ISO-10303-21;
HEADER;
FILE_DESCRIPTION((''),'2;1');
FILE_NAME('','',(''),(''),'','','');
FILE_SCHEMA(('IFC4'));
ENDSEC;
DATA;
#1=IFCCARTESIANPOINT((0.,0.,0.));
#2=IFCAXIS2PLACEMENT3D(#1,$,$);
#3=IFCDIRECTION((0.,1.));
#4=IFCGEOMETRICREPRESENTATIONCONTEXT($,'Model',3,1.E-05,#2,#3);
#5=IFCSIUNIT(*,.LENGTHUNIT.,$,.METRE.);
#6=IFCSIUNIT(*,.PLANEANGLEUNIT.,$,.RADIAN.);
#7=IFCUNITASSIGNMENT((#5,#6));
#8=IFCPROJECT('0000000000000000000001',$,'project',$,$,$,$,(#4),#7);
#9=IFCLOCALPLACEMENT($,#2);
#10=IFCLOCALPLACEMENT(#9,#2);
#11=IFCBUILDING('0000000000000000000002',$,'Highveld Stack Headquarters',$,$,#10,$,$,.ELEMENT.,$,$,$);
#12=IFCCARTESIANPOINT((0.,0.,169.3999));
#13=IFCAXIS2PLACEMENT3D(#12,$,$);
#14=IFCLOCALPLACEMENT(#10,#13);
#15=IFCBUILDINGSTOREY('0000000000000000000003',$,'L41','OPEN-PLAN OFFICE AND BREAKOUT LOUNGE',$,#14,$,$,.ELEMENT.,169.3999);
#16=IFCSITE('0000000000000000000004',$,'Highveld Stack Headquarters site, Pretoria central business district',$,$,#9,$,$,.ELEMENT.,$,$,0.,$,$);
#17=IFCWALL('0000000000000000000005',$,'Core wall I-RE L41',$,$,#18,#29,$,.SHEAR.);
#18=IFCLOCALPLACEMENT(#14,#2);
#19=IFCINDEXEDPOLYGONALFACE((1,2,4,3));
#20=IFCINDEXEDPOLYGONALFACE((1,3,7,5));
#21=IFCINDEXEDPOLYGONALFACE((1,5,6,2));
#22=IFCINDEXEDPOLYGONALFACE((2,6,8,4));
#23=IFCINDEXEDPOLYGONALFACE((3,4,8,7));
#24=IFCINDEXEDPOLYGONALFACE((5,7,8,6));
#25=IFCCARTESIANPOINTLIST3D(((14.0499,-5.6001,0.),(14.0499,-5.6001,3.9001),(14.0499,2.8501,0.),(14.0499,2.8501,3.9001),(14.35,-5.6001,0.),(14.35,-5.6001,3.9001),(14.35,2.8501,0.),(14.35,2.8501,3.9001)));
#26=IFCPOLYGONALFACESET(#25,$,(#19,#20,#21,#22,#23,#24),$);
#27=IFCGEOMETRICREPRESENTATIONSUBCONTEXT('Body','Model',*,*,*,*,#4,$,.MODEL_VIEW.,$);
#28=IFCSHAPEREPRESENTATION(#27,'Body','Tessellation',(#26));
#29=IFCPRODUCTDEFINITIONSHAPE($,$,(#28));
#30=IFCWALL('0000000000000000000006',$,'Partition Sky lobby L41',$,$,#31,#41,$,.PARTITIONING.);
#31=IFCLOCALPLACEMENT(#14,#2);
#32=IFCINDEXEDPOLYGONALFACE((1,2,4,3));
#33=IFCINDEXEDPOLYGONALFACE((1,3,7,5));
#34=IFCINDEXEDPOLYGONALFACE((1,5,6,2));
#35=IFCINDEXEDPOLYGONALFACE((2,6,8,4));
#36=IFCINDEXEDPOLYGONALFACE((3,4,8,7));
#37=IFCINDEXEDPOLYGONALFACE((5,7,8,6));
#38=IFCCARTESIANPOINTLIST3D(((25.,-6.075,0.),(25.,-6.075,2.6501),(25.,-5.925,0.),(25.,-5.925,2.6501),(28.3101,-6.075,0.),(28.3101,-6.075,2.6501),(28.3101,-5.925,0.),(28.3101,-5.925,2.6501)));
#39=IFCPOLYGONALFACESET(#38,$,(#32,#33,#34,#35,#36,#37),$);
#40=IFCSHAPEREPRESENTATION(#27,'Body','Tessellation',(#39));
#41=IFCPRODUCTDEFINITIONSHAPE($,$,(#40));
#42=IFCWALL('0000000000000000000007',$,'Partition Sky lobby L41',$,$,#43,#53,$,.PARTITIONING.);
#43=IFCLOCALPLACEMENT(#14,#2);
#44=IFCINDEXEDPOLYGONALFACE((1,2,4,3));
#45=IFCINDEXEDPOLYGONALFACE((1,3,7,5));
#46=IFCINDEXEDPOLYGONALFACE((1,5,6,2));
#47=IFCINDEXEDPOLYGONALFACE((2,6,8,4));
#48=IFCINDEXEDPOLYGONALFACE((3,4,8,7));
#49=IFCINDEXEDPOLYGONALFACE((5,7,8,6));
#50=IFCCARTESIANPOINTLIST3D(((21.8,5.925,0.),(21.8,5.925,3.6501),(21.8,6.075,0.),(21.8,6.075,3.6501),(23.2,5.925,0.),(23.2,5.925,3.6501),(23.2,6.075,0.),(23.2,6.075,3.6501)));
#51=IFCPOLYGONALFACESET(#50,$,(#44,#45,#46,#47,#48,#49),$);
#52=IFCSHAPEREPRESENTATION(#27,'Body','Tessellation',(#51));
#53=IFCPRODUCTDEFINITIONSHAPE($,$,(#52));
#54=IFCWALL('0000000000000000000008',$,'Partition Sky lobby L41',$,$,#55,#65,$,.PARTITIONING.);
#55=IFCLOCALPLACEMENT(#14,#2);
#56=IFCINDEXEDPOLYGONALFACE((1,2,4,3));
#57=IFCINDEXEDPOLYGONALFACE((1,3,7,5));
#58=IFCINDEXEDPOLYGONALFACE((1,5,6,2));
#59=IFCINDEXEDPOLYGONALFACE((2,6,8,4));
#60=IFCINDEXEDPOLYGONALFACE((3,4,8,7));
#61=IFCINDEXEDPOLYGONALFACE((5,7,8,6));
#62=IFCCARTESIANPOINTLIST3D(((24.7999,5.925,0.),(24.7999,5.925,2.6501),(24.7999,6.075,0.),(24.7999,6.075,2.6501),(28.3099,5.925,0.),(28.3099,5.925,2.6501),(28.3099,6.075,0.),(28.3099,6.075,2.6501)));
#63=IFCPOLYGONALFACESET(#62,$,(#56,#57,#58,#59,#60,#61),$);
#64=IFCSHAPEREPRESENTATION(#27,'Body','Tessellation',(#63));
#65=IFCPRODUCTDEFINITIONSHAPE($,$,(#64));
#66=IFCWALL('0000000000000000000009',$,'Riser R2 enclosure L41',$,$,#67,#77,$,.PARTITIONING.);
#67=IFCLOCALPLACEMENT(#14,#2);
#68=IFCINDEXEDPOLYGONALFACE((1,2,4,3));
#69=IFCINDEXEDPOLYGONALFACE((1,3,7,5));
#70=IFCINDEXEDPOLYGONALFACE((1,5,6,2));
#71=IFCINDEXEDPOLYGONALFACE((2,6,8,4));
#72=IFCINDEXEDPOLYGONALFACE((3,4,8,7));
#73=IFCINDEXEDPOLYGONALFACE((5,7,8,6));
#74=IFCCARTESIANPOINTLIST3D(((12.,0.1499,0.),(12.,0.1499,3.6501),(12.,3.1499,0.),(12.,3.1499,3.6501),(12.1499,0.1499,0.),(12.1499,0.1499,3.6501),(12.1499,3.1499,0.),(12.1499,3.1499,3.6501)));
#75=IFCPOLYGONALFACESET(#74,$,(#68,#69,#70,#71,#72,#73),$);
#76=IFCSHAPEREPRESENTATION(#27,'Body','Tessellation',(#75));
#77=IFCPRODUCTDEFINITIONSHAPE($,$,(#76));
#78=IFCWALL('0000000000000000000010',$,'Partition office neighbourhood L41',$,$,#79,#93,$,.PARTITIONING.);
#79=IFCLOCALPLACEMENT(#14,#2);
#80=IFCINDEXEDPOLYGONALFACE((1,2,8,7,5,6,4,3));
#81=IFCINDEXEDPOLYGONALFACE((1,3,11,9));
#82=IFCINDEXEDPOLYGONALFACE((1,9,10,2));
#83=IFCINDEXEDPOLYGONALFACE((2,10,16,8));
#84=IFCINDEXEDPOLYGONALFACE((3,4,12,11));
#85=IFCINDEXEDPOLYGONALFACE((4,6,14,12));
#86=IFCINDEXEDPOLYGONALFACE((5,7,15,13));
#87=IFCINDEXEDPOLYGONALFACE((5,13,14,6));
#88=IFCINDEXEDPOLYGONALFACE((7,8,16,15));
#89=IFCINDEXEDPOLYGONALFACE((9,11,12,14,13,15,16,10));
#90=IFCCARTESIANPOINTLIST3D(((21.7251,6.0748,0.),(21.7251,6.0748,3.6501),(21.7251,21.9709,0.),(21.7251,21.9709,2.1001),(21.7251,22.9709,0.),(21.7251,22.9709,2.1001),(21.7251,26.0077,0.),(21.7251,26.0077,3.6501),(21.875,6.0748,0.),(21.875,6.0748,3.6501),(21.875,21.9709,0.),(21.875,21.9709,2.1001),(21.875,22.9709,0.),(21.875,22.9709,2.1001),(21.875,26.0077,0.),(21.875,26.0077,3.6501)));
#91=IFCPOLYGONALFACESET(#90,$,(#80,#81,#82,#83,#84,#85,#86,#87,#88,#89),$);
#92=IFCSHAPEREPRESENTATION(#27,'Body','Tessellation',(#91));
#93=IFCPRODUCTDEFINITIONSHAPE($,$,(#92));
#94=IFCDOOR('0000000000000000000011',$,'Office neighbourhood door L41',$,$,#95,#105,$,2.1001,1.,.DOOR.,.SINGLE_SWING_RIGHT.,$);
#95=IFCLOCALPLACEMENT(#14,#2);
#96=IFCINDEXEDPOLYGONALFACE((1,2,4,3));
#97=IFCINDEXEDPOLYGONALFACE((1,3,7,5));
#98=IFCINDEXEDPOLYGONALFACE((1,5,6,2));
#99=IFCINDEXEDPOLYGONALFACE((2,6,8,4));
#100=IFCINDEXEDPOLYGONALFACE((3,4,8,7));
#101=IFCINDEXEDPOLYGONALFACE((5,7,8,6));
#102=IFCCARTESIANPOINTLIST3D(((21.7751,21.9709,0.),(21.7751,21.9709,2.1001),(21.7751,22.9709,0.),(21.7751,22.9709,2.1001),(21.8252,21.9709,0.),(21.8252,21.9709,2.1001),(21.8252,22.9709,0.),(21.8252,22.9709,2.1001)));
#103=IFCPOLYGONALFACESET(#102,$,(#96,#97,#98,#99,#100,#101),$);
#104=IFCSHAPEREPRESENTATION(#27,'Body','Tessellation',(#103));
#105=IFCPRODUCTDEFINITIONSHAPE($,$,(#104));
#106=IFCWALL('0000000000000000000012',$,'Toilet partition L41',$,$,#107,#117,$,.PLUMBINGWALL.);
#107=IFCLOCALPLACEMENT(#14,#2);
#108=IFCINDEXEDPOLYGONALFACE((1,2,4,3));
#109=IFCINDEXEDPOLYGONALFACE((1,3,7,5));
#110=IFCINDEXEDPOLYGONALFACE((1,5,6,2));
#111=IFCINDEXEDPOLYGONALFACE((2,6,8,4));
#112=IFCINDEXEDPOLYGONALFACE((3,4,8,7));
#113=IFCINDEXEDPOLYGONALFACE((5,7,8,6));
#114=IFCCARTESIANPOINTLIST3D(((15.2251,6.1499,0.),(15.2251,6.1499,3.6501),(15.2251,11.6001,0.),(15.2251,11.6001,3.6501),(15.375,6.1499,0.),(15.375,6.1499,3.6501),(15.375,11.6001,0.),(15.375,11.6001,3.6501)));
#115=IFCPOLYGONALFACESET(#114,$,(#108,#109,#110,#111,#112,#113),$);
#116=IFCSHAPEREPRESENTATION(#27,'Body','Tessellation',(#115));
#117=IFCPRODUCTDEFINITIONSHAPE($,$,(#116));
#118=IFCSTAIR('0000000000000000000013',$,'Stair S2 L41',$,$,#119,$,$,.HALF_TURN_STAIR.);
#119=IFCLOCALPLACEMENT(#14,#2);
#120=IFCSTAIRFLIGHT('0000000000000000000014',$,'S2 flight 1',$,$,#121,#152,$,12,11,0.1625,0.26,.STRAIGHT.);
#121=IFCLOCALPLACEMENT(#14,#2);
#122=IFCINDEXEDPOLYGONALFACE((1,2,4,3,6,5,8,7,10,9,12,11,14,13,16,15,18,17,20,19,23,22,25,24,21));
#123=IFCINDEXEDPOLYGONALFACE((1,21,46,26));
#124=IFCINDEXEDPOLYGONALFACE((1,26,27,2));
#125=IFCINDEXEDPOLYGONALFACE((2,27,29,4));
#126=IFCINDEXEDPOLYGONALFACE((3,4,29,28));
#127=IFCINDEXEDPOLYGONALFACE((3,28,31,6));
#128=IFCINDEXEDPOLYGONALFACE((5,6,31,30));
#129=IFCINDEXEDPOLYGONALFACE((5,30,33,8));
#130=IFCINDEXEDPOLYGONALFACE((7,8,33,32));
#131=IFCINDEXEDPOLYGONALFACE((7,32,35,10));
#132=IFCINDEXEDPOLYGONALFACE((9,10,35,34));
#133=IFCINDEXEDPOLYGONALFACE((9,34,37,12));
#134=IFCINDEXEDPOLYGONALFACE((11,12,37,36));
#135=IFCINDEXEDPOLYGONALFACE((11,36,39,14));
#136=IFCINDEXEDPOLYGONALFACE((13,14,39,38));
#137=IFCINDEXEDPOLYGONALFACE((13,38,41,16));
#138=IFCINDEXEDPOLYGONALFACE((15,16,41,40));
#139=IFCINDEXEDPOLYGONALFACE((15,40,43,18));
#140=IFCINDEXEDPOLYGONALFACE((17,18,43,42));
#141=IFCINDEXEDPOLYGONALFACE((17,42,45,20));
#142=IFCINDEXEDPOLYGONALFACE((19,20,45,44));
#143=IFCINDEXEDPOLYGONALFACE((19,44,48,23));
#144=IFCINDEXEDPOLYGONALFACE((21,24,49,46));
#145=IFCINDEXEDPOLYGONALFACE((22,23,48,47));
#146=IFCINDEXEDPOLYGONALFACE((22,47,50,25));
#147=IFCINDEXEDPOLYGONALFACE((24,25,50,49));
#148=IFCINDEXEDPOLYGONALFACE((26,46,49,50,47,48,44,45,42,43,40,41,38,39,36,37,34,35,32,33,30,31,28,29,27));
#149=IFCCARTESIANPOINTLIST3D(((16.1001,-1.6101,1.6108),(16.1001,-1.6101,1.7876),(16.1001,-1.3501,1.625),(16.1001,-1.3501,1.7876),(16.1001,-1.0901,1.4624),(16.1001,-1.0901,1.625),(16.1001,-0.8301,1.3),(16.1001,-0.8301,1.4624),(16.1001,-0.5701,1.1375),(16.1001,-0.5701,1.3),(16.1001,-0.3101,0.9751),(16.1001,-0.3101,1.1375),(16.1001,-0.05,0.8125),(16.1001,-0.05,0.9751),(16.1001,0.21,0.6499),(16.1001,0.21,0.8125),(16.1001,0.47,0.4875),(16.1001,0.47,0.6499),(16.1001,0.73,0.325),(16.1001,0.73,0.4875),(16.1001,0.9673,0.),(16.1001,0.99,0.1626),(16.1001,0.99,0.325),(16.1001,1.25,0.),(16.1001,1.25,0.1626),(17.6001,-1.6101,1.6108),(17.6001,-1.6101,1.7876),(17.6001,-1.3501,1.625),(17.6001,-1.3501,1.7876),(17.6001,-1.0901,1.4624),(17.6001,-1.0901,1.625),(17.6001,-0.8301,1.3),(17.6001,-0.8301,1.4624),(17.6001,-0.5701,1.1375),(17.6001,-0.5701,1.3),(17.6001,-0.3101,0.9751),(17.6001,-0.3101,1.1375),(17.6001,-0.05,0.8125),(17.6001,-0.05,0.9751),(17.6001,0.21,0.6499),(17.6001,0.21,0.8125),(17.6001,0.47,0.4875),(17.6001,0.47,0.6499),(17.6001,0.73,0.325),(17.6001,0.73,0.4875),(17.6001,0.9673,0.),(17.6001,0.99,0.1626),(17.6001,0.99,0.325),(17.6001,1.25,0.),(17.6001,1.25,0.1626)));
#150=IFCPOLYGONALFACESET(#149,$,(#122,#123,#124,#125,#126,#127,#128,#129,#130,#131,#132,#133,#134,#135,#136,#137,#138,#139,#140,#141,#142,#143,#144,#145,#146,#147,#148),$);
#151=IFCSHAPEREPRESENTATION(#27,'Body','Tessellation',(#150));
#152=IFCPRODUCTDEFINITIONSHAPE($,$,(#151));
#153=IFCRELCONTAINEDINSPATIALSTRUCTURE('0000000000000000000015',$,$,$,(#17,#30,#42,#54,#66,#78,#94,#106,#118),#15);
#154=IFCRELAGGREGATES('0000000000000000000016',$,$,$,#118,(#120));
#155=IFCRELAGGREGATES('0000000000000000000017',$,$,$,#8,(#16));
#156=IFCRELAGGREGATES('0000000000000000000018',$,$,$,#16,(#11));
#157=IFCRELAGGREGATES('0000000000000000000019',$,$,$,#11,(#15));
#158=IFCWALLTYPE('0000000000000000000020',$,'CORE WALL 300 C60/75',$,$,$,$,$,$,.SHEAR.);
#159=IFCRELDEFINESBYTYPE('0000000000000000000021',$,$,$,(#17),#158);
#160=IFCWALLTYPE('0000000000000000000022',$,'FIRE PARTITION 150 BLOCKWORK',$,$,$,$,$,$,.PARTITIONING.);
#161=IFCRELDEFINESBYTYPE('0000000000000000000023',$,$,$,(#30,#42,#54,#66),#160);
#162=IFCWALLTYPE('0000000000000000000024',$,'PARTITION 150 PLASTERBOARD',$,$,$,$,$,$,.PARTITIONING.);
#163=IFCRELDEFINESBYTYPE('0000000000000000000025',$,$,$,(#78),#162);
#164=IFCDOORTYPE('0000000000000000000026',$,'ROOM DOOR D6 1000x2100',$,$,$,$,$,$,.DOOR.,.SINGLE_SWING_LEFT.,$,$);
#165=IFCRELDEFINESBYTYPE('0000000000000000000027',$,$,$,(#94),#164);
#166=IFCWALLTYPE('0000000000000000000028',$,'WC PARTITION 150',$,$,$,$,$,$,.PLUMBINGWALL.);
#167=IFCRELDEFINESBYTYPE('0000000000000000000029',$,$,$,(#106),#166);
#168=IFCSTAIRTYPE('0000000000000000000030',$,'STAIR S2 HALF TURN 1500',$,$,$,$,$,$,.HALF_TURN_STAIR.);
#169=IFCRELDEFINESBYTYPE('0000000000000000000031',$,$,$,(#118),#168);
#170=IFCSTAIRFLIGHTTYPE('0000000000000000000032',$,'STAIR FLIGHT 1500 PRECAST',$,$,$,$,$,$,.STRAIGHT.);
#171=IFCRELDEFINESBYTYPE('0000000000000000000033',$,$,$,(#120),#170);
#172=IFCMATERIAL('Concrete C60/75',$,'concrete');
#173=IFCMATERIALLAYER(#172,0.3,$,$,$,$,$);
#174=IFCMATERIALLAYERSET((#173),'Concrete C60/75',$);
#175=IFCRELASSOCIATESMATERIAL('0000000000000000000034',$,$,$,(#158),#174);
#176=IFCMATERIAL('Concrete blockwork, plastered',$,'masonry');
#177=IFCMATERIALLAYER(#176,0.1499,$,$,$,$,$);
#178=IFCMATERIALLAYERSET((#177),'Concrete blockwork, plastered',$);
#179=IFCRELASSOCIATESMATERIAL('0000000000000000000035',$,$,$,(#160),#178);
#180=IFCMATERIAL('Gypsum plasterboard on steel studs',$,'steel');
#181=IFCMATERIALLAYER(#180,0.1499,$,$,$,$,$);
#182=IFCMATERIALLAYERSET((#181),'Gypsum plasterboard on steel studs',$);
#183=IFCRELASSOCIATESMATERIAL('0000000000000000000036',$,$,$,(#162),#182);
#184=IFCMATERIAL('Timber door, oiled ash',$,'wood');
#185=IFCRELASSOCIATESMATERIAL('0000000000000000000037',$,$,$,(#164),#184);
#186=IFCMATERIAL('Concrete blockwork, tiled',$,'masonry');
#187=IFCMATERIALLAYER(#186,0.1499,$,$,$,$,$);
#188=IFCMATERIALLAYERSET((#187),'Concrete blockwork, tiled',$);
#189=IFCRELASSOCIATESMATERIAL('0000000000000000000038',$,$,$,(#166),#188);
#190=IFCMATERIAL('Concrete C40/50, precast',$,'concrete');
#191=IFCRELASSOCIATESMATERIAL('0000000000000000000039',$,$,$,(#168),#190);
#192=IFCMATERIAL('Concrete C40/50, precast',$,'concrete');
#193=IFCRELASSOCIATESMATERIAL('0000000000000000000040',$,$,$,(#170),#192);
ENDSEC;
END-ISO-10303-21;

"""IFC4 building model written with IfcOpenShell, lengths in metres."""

from ifc_helpers import new_model, si_unit, direction, frame, frame_2d, origin, place, context, subcontext, project, spatial, polyline, rectangle, outline, extrude, material, layer, layer_set, type_object, element, fill, aggregate, save


model = new_model("IFC4")

# Units and contexts
model_context = context("Model", 3, precision=1e-05, world=origin(), true_north=direction((0.0, 1.0)))
body_context = subcontext(model_context, "Body", "Model", "MODEL_VIEW")
ifc_project = project(units=[si_unit("LENGTHUNIT", "METRE"), si_unit("PLANEANGLEUNIT", "RADIAN")], contexts=[model_context])

# Site, building, storey
site_placement = place(None, origin())
site = spatial("IfcSite", under=ifc_project, at=site_placement, Name="Highveld Stack Headquarters site, Pretoria central business district", CompositionType="ELEMENT", RefElevation=0.0)
building_placement = place(site_placement, origin())
building = spatial("IfcBuilding", under=site, at=building_placement, Name="Highveld Stack Headquarters", CompositionType="ELEMENT")
storey_placement = place(building_placement, frame((0.0, 0.0, 169.3999)))
storey = spatial("IfcBuildingStorey", under=building, at=storey_placement, Name="L41", Description="OPEN-PLAN OFFICE AND BREAKOUT LOUNGE", CompositionType="ELEMENT", Elevation=169.3999)

# Shared definitions
ifc_material_1 = material(Name="Concrete C60/75", Category="concrete")
ifc_layer_1 = layer(ifc_material_1, 0.3)
ifc_layer_set_1 = layer_set([ifc_layer_1], Name="Concrete C60/75")
wall_type_1 = type_object("IfcWallType", Name="CORE WALL 300 C60/75", PredefinedType="SHEAR", material=ifc_layer_set_1)

# Walls
wall_1_placement = place(storey_placement, frame((14.2, -5.6001, 0.0), z_axis=(0.0, 0.0, 1.0), x_axis=(0.0, 1.0, 0.0)))
element("IfcWall", 1, at=wall_1_placement, inside=storey, type_object=wall_type_1, Name="Core wall I-RE L41", PredefinedType="SHEAR", context=body_context, shape_type="SweptSolid", body=[
    extrude(rectangle(XDim=8.4502, YDim=0.3, at=frame_2d((4.2251, 0.0))), origin(), (0.0, 0.0, 1.0), 3.9001),
])
ifc_material_2 = material(Name="Concrete blockwork, plastered", Category="masonry")
ifc_layer_2 = layer(ifc_material_2, 0.1499)
ifc_layer_set_2 = layer_set([ifc_layer_2], Name="Concrete blockwork, plastered")
wall_type_2 = type_object("IfcWallType", Name="FIRE PARTITION 150 BLOCKWORK", PredefinedType="PARTITIONING", material=ifc_layer_set_2)
wall_2_placement = place(storey_placement, frame((25.0, -6.0, 0.0), z_axis=(0.0, 0.0, 1.0), x_axis=(1.0, 0.0, 0.0)))
element("IfcWall", 2, at=wall_2_placement, inside=storey, type_object=wall_type_2, Name="Partition Sky lobby L41", PredefinedType="PARTITIONING", context=body_context, shape_type="SweptSolid", body=[
    extrude(rectangle(XDim=3.3101, YDim=0.1499, at=frame_2d((1.655, 0.0))), origin(), (0.0, 0.0, 1.0), 2.6501),
])
wall_3_placement = place(storey_placement, frame((21.8, 6.0, 0.0), z_axis=(0.0, 0.0, 1.0), x_axis=(1.0, 0.0, 0.0)))
element("IfcWall", 3, at=wall_3_placement, inside=storey, type_object=wall_type_2, Name="Partition Sky lobby L41", PredefinedType="PARTITIONING", context=body_context, shape_type="SweptSolid", body=[
    extrude(rectangle(XDim=1.3999, YDim=0.1499, at=frame_2d((0.7, 0.0))), origin(), (0.0, 0.0, 1.0), 3.6501),
])
wall_4_placement = place(storey_placement, frame((24.8, 6.0, 0.0), z_axis=(0.0, 0.0, 1.0), x_axis=(1.0, 0.0, 0.0)))
element("IfcWall", 4, at=wall_4_placement, inside=storey, type_object=wall_type_2, Name="Partition Sky lobby L41", PredefinedType="PARTITIONING", context=body_context, shape_type="SweptSolid", body=[
    extrude(rectangle(XDim=3.51, YDim=0.1499, at=frame_2d((1.7549, 0.0))), origin(), (0.0, 0.0, 1.0), 2.6501),
])

# Wall
wall_5_placement = place(storey_placement, frame((12.075, 0.1499, 0.0), z_axis=(0.0, 0.0, 1.0), x_axis=(0.0, 1.0, 0.0)))
element("IfcWall", 5, at=wall_5_placement, inside=storey, type_object=wall_type_2, Name="Riser R2 enclosure L41", PredefinedType="PARTITIONING", context=body_context, shape_type="SweptSolid", body=[
    extrude(rectangle(XDim=3.0, YDim=0.1499, at=frame_2d((1.5, 0.0))), origin(), (0.0, 0.0, 1.0), 3.6501),
])

# Wall, opening, door
ifc_material_3 = material(Name="Gypsum plasterboard on steel studs", Category="steel")
ifc_layer_3 = layer(ifc_material_3, 0.1499)
ifc_layer_set_3 = layer_set([ifc_layer_3], Name="Gypsum plasterboard on steel studs")
wall_type_3 = type_object("IfcWallType", Name="PARTITION 150 PLASTERBOARD", PredefinedType="PARTITIONING", material=ifc_layer_set_3)
wall_6_placement = place(storey_placement, frame((21.8, 6.075, 0.0), z_axis=(0.0, 0.0, 1.0), x_axis=(0.0, 1.0, 0.0)))
wall_6 = element("IfcWall", 6, at=wall_6_placement, inside=storey, type_object=wall_type_3, Name="Partition office neighbourhood L41", PredefinedType="PARTITIONING", context=body_context, shape_type="SweptSolid", body=[
    extrude(rectangle(XDim=19.9329, YDim=0.1499, at=frame_2d((9.9663, 0.0))), origin(), (0.0, 0.0, 1.0), 3.6501),
])
opening_1_placement = place(wall_6_placement, frame((15.896, 0.0, 0.0)))
opening_1 = element("IfcOpeningElement", 7, at=opening_1_placement, cuts=wall_6, PredefinedType="OPENING", context=body_context, shape_type="SweptSolid", body=[
    extrude(rectangle(XDim=1.0, YDim=2.1001, at=frame_2d((0.5, 1.05))), frame((0.0, 0.085, 0.0), z_axis=(0.0, -1.0, 0.0), x_axis=(1.0, 0.0, 0.0)), (0.0, 0.0, 1.0), 0.1699),
])
ifc_material_4 = material(Name="Timber door, oiled ash", Category="wood")
door_type_1 = type_object("IfcDoorType", Name="ROOM DOOR D6 1000x2100", OperationType="SINGLE_SWING_LEFT", PredefinedType="DOOR", material=ifc_material_4)
door_1_placement = place(opening_1_placement, origin())
door_1 = element("IfcDoor", 8, at=door_1_placement, inside=storey, type_object=door_type_1, Name="Office neighbourhood door L41", OperationType="SINGLE_SWING_RIGHT", OverallHeight=2.1001, OverallWidth=1.0, PredefinedType="DOOR", context=body_context, shape_type="SweptSolid", body=[
    extrude(rectangle(XDim=1.0, YDim=2.1001, at=frame_2d((0.5, 1.05))), frame((0.0, 0.0249, 0.0), z_axis=(0.0, -1.0, 0.0), x_axis=(1.0, 0.0, 0.0)), (0.0, 0.0, 1.0), 0.05),
])
fill(opening_1, door_1)

# Wall
ifc_material_5 = material(Name="Concrete blockwork, tiled", Category="masonry")
ifc_layer_4 = layer(ifc_material_5, 0.1499)
ifc_layer_set_4 = layer_set([ifc_layer_4], Name="Concrete blockwork, tiled")
wall_type_4 = type_object("IfcWallType", Name="WC PARTITION 150", PredefinedType="PLUMBINGWALL", material=ifc_layer_set_4)
wall_7_placement = place(storey_placement, frame((15.3, 6.1499, 0.0), z_axis=(0.0, 0.0, 1.0), x_axis=(0.0, 1.0, 0.0)))
element("IfcWall", 9, at=wall_7_placement, inside=storey, type_object=wall_type_4, Name="Toilet partition L41", PredefinedType="PLUMBINGWALL", context=body_context, shape_type="SweptSolid", body=[
    extrude(rectangle(XDim=5.4502, YDim=0.1499, at=frame_2d((2.7251, 0.0))), origin(), (0.0, 0.0, 1.0), 3.6501),
])

# Stair, stair flight
ifc_material_6 = material(Name="Concrete C40/50, precast", Category="concrete")
stair_type = type_object("IfcStairType", Name="STAIR S2 HALF TURN 1500", PredefinedType="HALF_TURN_STAIR", material=ifc_material_6)
stair_placement = place(storey_placement, origin())
stair = element("IfcStair", 10, at=stair_placement, inside=storey, type_object=stair_type, Name="Stair S2 L41", PredefinedType="HALF_TURN_STAIR")
ifc_material_7 = material(Name="Concrete C40/50, precast", Category="concrete")
stair_flight_type = type_object("IfcStairFlightType", Name="STAIR FLIGHT 1500 PRECAST", PredefinedType="STRAIGHT", material=ifc_material_7)
stair_flight_1_placement = place(storey_placement, frame((16.8501, 1.25, 0.0), z_axis=(0.0, 0.0, 1.0), x_axis=(0.0, -1.0, 0.0)))
stair_flight_1 = element("IfcStairFlight", 11, at=stair_flight_1_placement, type_object=stair_flight_type, Name="S2 flight 1", NumberOfRisers=12, NumberOfTreads=11, PredefinedType="STRAIGHT", RiserHeight=0.1625, TreadLength=0.26, context=body_context, shape_type="SweptSolid", body=[
    extrude(outline(polyline([(0.0, 0.0), (0.0, 0.1626), (0.26, 0.1626), (0.26, 0.325), (0.52, 0.325), (0.52, 0.4875), (0.78, 0.4875), (0.78, 0.6499), (1.04, 0.6499), (1.04, 0.8125), (1.3, 0.8125), (1.3, 0.9751), (1.5601, 0.9751), (1.5601, 1.1375), (1.8201, 1.1375), (1.8201, 1.3), (2.0801, 1.3), (2.0801, 1.4624), (2.3401, 1.4624), (2.3401, 1.625), (2.6001, 1.625), (2.6001, 1.7876), (2.8601, 1.7876), (2.8601, 1.95), (2.8601, 1.6108), (0.2827, 0.0), (0.0, 0.0)])), frame((0.0, 0.75, 0.0), z_axis=(0.0, -1.0, 0.0), x_axis=(1.0, 0.0, 0.0)), (0.0, 0.0, 1.0), 1.5),
])
aggregate(stair, [stair_flight_1])

save(model, "model.ifc")
